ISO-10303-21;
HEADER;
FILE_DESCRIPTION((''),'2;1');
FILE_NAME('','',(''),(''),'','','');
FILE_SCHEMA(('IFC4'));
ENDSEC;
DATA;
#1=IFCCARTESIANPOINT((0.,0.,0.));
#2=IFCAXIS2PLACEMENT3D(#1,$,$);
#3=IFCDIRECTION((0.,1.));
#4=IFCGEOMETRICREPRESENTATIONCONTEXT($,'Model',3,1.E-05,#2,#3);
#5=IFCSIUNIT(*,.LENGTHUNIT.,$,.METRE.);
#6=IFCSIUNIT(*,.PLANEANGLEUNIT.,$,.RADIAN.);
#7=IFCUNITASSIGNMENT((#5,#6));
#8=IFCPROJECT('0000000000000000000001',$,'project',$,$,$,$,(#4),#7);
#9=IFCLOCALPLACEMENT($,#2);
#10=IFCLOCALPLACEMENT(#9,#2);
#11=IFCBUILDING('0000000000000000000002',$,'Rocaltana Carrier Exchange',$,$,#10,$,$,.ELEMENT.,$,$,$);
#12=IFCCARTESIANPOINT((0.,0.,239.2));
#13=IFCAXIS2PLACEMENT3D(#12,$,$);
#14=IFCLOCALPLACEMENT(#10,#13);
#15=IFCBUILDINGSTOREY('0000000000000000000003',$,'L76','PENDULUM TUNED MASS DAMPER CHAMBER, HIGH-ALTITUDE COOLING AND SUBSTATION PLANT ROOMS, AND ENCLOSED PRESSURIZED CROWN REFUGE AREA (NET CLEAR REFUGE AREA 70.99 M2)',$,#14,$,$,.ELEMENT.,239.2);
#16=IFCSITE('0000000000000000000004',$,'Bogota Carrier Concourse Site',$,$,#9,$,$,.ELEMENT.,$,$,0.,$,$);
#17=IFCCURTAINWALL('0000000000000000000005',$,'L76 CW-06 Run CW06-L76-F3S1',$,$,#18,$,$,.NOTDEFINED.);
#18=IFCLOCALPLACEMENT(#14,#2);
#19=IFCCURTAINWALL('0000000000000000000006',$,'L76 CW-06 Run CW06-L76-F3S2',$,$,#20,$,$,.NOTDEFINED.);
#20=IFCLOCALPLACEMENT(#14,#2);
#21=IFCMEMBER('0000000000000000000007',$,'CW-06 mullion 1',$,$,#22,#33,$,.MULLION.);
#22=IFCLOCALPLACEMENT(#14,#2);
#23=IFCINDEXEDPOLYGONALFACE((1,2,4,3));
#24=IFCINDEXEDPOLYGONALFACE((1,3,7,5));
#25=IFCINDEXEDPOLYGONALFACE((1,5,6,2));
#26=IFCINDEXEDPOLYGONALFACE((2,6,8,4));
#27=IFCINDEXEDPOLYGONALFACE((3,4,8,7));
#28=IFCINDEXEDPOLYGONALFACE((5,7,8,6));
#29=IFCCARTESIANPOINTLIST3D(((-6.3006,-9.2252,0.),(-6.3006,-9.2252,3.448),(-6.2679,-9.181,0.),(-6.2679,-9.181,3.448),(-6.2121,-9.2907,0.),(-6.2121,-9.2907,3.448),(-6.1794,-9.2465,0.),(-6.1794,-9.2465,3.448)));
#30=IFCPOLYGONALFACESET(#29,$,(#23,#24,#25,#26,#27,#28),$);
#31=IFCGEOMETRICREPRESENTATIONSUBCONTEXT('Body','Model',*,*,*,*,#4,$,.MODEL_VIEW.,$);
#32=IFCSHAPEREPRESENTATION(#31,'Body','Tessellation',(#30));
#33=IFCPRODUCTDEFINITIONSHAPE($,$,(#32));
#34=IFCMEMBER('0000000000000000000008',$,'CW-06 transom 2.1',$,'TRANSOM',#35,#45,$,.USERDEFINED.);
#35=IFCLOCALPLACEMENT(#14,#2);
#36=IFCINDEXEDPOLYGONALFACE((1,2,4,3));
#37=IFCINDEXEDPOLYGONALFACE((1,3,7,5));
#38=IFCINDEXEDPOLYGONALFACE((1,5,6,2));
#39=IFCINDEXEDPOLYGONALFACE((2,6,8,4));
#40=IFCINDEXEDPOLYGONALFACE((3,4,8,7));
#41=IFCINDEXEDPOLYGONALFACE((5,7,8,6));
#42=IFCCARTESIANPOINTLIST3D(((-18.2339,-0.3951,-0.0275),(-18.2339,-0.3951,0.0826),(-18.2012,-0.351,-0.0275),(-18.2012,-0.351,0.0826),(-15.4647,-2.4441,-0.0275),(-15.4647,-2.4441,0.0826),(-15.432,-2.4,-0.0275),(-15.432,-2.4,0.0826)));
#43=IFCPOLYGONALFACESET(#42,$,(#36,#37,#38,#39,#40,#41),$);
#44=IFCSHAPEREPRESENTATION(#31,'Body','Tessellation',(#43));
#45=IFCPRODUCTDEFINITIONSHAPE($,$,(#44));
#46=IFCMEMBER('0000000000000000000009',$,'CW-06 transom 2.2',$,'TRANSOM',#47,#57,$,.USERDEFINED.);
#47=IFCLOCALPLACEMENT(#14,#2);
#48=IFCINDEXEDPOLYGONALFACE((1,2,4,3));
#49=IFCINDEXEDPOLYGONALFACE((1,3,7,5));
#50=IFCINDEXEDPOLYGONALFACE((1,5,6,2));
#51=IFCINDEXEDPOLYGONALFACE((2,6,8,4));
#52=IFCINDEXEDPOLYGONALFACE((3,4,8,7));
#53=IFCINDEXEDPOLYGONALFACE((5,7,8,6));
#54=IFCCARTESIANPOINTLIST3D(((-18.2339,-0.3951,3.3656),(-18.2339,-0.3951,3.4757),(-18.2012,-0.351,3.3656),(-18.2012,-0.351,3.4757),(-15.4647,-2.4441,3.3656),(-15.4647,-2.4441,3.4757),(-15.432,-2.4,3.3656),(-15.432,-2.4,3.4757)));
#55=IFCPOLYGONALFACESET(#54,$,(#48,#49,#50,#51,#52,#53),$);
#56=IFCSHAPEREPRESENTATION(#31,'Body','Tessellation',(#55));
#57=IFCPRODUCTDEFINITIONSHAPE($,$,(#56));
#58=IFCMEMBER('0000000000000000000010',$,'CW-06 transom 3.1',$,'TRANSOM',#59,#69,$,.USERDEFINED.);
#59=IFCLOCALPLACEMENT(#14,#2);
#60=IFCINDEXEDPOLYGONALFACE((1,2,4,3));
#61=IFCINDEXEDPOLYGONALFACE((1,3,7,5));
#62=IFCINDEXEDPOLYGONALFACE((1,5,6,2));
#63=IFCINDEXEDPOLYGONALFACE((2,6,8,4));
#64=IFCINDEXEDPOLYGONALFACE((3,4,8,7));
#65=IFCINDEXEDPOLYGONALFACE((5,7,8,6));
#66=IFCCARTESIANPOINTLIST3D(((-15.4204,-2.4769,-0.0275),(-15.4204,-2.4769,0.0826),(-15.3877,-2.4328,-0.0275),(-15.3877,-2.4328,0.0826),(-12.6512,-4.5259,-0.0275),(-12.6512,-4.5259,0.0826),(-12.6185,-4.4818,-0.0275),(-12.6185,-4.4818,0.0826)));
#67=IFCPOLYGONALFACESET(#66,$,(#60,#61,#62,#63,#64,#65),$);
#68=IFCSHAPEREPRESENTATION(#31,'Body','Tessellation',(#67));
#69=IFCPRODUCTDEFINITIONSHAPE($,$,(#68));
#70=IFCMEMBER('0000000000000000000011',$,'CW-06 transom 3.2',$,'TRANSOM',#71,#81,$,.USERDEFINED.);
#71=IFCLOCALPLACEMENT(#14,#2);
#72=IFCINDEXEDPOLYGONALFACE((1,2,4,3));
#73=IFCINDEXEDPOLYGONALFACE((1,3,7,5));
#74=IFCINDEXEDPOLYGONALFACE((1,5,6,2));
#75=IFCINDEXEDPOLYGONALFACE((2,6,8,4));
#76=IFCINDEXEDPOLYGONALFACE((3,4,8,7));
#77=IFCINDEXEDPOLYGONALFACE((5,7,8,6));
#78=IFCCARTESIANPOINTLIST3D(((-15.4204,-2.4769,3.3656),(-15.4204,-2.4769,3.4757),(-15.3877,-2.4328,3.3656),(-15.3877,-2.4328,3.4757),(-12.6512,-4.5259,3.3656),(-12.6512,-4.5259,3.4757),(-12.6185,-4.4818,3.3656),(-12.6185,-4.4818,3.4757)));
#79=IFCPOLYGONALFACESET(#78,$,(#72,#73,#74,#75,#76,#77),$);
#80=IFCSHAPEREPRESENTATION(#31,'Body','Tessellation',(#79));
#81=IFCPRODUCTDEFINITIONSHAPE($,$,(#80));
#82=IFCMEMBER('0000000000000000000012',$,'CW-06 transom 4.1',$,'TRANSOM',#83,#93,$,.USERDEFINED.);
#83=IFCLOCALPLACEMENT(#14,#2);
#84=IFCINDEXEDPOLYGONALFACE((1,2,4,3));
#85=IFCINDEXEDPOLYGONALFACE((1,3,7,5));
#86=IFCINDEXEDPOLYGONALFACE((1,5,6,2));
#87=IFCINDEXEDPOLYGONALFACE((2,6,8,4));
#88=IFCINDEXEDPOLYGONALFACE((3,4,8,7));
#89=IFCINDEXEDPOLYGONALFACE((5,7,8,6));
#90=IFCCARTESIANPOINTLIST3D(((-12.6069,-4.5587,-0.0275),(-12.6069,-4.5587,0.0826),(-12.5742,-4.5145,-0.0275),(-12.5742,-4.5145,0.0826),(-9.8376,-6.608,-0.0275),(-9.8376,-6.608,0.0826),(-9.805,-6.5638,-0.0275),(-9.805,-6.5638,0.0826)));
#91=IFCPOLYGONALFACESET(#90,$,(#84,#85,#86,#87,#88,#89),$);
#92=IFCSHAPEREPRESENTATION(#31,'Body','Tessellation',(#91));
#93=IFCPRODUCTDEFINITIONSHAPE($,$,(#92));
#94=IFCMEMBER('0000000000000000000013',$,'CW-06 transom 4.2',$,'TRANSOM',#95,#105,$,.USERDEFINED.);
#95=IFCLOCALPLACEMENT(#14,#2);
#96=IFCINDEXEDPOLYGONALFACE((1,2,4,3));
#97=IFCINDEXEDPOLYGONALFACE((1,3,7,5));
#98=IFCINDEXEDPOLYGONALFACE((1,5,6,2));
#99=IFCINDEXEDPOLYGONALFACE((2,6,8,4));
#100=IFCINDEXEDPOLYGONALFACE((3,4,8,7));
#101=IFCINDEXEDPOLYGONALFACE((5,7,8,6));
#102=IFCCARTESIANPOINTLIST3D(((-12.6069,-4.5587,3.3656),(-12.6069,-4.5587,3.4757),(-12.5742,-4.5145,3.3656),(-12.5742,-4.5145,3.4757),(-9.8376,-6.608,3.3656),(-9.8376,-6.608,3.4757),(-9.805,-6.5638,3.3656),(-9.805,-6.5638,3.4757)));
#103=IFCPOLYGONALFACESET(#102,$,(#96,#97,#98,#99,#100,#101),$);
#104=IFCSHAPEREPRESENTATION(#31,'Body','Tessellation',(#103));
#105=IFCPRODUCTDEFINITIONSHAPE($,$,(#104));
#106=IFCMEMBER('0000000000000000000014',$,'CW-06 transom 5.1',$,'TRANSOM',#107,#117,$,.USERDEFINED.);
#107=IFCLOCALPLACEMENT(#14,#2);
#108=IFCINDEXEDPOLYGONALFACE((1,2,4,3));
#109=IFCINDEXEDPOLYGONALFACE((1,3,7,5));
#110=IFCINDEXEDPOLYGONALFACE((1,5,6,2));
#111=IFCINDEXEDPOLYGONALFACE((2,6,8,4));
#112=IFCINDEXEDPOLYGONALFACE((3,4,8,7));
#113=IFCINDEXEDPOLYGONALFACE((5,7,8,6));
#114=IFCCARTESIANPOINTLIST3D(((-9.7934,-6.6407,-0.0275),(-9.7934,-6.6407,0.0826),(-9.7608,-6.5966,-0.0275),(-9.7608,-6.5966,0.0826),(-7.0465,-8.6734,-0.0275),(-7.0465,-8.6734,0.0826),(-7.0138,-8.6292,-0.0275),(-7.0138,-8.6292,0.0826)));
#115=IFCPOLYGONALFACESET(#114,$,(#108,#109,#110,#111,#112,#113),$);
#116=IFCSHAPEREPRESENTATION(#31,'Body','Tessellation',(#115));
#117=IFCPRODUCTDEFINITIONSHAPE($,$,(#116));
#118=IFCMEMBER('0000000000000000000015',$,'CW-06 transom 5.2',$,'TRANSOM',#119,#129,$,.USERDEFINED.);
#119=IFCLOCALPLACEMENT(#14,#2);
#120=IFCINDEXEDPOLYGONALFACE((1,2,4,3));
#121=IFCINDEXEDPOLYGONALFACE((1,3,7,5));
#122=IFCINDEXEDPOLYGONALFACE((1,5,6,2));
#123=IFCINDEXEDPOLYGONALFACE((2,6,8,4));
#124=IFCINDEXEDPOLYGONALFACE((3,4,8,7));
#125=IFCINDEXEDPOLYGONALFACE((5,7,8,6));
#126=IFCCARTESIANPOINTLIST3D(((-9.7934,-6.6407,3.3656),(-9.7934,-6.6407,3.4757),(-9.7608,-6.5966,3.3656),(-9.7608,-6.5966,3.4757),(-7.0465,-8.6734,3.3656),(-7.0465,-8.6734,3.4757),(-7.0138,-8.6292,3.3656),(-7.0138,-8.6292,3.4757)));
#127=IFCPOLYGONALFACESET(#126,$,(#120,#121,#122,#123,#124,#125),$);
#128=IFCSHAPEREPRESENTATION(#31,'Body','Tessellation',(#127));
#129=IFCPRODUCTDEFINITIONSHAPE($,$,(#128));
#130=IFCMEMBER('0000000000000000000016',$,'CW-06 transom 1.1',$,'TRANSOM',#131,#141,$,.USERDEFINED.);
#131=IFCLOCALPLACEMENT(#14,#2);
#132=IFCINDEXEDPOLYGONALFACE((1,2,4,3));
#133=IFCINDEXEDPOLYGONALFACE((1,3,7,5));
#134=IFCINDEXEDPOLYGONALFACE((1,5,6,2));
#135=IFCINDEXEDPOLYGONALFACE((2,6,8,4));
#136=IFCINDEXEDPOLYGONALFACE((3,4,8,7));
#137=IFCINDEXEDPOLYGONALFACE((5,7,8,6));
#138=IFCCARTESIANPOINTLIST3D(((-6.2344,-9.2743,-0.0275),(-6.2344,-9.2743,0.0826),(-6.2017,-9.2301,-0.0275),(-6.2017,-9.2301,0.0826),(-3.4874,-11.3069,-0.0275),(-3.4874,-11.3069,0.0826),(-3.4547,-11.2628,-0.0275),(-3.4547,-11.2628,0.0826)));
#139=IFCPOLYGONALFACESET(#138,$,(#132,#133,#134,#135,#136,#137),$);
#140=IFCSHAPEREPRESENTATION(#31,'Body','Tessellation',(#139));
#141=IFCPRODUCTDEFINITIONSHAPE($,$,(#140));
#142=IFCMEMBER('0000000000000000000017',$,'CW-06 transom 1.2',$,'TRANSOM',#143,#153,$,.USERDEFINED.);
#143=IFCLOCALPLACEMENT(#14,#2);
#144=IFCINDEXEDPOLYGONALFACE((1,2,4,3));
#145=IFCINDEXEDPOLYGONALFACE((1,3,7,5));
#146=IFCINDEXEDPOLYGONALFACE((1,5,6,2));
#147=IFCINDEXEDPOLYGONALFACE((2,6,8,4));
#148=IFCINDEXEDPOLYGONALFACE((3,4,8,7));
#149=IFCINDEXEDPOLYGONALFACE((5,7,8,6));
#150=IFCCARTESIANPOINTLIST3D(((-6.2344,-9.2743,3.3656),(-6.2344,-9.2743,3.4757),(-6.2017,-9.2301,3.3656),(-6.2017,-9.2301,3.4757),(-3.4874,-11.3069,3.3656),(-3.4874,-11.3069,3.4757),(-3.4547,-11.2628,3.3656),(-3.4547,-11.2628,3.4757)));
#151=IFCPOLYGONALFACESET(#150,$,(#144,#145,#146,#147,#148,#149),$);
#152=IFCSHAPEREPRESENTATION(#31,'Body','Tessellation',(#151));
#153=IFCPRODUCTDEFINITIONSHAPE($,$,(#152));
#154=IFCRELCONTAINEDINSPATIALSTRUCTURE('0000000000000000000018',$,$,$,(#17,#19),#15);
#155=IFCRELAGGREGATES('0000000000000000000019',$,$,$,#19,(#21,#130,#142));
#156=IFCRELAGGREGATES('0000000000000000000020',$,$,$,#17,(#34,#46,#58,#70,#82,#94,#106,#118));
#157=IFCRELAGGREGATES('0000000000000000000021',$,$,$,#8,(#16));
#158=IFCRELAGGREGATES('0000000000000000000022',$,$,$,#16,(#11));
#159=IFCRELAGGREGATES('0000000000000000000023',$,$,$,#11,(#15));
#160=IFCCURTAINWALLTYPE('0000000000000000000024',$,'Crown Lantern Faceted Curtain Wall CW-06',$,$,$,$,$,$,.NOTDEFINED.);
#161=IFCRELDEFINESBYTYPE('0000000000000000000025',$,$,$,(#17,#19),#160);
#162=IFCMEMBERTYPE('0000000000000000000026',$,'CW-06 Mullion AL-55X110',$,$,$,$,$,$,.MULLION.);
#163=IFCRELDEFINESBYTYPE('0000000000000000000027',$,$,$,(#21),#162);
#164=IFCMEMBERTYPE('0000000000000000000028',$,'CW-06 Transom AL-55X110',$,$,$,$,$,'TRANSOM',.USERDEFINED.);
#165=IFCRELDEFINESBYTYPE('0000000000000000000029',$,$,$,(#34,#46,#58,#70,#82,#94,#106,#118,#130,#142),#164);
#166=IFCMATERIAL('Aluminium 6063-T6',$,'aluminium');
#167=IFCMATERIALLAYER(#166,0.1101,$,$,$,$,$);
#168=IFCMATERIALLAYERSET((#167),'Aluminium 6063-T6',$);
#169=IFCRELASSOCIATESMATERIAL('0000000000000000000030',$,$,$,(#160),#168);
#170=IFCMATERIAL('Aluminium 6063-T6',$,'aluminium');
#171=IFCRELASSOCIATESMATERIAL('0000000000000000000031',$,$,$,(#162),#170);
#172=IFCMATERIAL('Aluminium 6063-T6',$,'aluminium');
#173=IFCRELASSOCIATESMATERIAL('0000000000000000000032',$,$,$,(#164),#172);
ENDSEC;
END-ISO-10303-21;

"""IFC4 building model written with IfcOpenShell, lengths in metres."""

from ifc_helpers import new_model, si_unit, direction, frame, origin, origin_2d, place, context, subcontext, project, spatial, rectangle, extrude, material, layer, layer_set, material_profile, profile_set, type_object, element, aggregate, save


model = new_model("IFC4")

# Units and contexts
model_context = context("Model", 3, precision=1e-05, world=origin(), true_north=direction((0.0, 1.0)))
body_context = subcontext(model_context, "Body", "Model", "MODEL_VIEW")
ifc_project = project(units=[si_unit("LENGTHUNIT", "METRE"), si_unit("PLANEANGLEUNIT", "RADIAN")], contexts=[model_context])

# Site, building, storey
site_placement = place(None, origin())
site = spatial("IfcSite", under=ifc_project, at=site_placement, Name="Bogota Carrier Concourse Site", CompositionType="ELEMENT", RefElevation=0.0)
building_placement = place(site_placement, origin())
building = spatial("IfcBuilding", under=site, at=building_placement, Name="Rocaltana Carrier Exchange", CompositionType="ELEMENT")
storey_placement = place(building_placement, frame((0.0, 0.0, 239.2)))
storey = spatial("IfcBuildingStorey", under=building, at=storey_placement, Name="L76", Description="PENDULUM TUNED MASS DAMPER CHAMBER, HIGH-ALTITUDE COOLING AND SUBSTATION PLANT ROOMS, AND ENCLOSED PRESSURIZED CROWN REFUGE AREA (NET CLEAR REFUGE AREA 70.99 M2)", CompositionType="ELEMENT", Elevation=239.2)

# Curtain wall
ifc_material_1 = material(Name="Aluminium 6063-T6", Category="aluminium")
ifc_layer_1 = layer(ifc_material_1, 0.1101)
ifc_layer_set_1 = layer_set([ifc_layer_1], Name="Aluminium 6063-T6")
curtain_wall_type = type_object("IfcCurtainWallType", Name="Crown Lantern Faceted Curtain Wall CW-06", PredefinedType="NOTDEFINED", material=ifc_layer_set_1)
curtain_wall_1_placement = place(storey_placement, origin())
curtain_wall_1 = element("IfcCurtainWall", 1, at=curtain_wall_1_placement, inside=storey, type_object=curtain_wall_type, Name="L76 CW-06 Run CW06-L76-F3S1", PredefinedType="NOTDEFINED")
ifc_material_2 = material(Name="Aluminium 6063-T6", Category="aluminium")
ifc_material_profile_1 = material_profile(ifc_material_2, rectangle(XDim=0.0549, YDim=0.1101, at=origin_2d()), Name="AL-55X110")
ifc_profile_set_1 = profile_set([ifc_material_profile_1], Name="Aluminium 6063-T6")
member_type_1 = type_object("IfcMemberType", Name="CW-06 Mullion AL-55X110", PredefinedType="MULLION", material=ifc_profile_set_1)

# Curtain wall, member
curtain_wall_2_placement = place(storey_placement, origin())
curtain_wall_2 = element("IfcCurtainWall", 2, at=curtain_wall_2_placement, inside=storey, type_object=curtain_wall_type, Name="L76 CW-06 Run CW06-L76-F3S2", PredefinedType="NOTDEFINED")
member_1_placement = place(storey_placement, frame((-6.24, -9.2358, 0.0), z_axis=(0.0, 0.0, 1.0), x_axis=(0.594825, 0.803855, 0.0)))
member_1 = element("IfcMember", 3, at=member_1_placement, type_object=member_type_1, Name="CW-06 mullion 1", PredefinedType="MULLION", context=body_context, shape_type="SweptSolid", body=[
    extrude(rectangle(XDim=0.0549, YDim=0.1101, at=origin_2d()), origin(), (0.0, 0.0, 1.0), 3.448),
])

# Members
ifc_material_3 = material(Name="Aluminium 6063-T6", Category="aluminium")
ifc_material_profile_2 = material_profile(ifc_material_3, rectangle(XDim=0.0549, YDim=0.1101, at=origin_2d()), Name="AL-55X110")
ifc_profile_set_2 = profile_set([ifc_material_profile_2], Name="Aluminium 6063-T6")
member_type_2 = type_object("IfcMemberType", Name="CW-06 Transom AL-55X110", ElementType="TRANSOM", PredefinedType="USERDEFINED", material=ifc_profile_set_2)
member_2_placement = place(storey_placement, frame((-18.2175, -0.373, 0.0276), z_axis=(0.80387, -0.594805, 0.0), x_axis=(0.594805, 0.80387, 0.0)))
member_2 = element("IfcMember", 4, at=member_2_placement, type_object=member_type_2, Name="CW-06 transom 2.1", ObjectType="TRANSOM", PredefinedType="USERDEFINED", context=body_context, shape_type="SweptSolid", body=[
    extrude(rectangle(XDim=0.0549, YDim=0.1101, at=origin_2d()), origin(), (0.0, 0.0, 1.0), 3.4448),
])
member_3_placement = place(storey_placement, frame((-18.2175, -0.373, 3.4207), z_axis=(0.80387, -0.594805, 0.0), x_axis=(0.594805, 0.80387, 0.0)))
member_3 = element("IfcMember", 5, at=member_3_placement, type_object=member_type_2, Name="CW-06 transom 2.2", ObjectType="TRANSOM", PredefinedType="USERDEFINED", context=body_context, shape_type="SweptSolid", body=[
    extrude(rectangle(XDim=0.0549, YDim=0.1101, at=origin_2d()), origin(), (0.0, 0.0, 1.0), 3.4448),
])
member_4_placement = place(storey_placement, frame((-15.4041, -2.4548, 0.0276), z_axis=(0.80387, -0.594805, 0.0), x_axis=(0.594805, 0.80387, 0.0)))
member_4 = element("IfcMember", 6, at=member_4_placement, type_object=member_type_2, Name="CW-06 transom 3.1", ObjectType="TRANSOM", PredefinedType="USERDEFINED", context=body_context, shape_type="SweptSolid", body=[
    extrude(rectangle(XDim=0.0549, YDim=0.1101, at=origin_2d()), origin(), (0.0, 0.0, 1.0), 3.4448),
])
member_5_placement = place(storey_placement, frame((-15.4041, -2.4548, 3.4207), z_axis=(0.80387, -0.594805, 0.0), x_axis=(0.594805, 0.80387, 0.0)))
member_5 = element("IfcMember", 7, at=member_5_placement, type_object=member_type_2, Name="CW-06 transom 3.2", ObjectType="TRANSOM", PredefinedType="USERDEFINED", context=body_context, shape_type="SweptSolid", body=[
    extrude(rectangle(XDim=0.0549, YDim=0.1101, at=origin_2d()), origin(), (0.0, 0.0, 1.0), 3.4448),
])
member_6_placement = place(storey_placement, frame((-12.5906, -4.5366, 0.0276), z_axis=(0.803836, -0.594851, 0.0), x_axis=(0.594851, 0.803836, 0.0)))
member_6 = element("IfcMember", 8, at=member_6_placement, type_object=member_type_2, Name="CW-06 transom 4.1", ObjectType="TRANSOM", PredefinedType="USERDEFINED", context=body_context, shape_type="SweptSolid", body=[
    extrude(rectangle(XDim=0.0549, YDim=0.1101, at=origin_2d()), origin(), (0.0, 0.0, 1.0), 3.4451),
])
member_7_placement = place(storey_placement, frame((-12.5906, -4.5366, 3.4207), z_axis=(0.803836, -0.594851, 0.0), x_axis=(0.594851, 0.803836, 0.0)))
member_7 = element("IfcMember", 9, at=member_7_placement, type_object=member_type_2, Name="CW-06 transom 4.2", ObjectType="TRANSOM", PredefinedType="USERDEFINED", context=body_context, shape_type="SweptSolid", body=[
    extrude(rectangle(XDim=0.0549, YDim=0.1101, at=origin_2d()), origin(), (0.0, 0.0, 1.0), 3.4451),
])
member_8_placement = place(storey_placement, frame((-9.7771, -6.6187, 0.0276), z_axis=(0.803858, -0.594821, 0.0), x_axis=(0.594821, 0.803858, 0.0)))
member_8 = element("IfcMember", 10, at=member_8_placement, type_object=member_type_2, Name="CW-06 transom 5.1", ObjectType="TRANSOM", PredefinedType="USERDEFINED", context=body_context, shape_type="SweptSolid", body=[
    extrude(rectangle(XDim=0.0549, YDim=0.1101, at=origin_2d()), origin(), (0.0, 0.0, 1.0), 3.4172),
])
member_9_placement = place(storey_placement, frame((-9.7771, -6.6187, 3.4207), z_axis=(0.803858, -0.594821, 0.0), x_axis=(0.594821, 0.803858, 0.0)))
member_9 = element("IfcMember", 11, at=member_9_placement, type_object=member_type_2, Name="CW-06 transom 5.2", ObjectType="TRANSOM", PredefinedType="USERDEFINED", context=body_context, shape_type="SweptSolid", body=[
    extrude(rectangle(XDim=0.0549, YDim=0.1101, at=origin_2d()), origin(), (0.0, 0.0, 1.0), 3.4172),
])
member_10_placement = place(storey_placement, frame((-6.218, -9.2522, 0.0276), z_axis=(0.803858, -0.594821, 0.0), x_axis=(0.594821, 0.803858, 0.0)))
member_10 = element("IfcMember", 12, at=member_10_placement, type_object=member_type_2, Name="CW-06 transom 1.1", ObjectType="TRANSOM", PredefinedType="USERDEFINED", context=body_context, shape_type="SweptSolid", body=[
    extrude(rectangle(XDim=0.0549, YDim=0.1101, at=origin_2d()), origin(), (0.0, 0.0, 1.0), 3.4172),
])
member_11_placement = place(storey_placement, frame((-6.218, -9.2522, 3.4207), z_axis=(0.803858, -0.594821, 0.0), x_axis=(0.594821, 0.803858, 0.0)))
member_11 = element("IfcMember", 13, at=member_11_placement, type_object=member_type_2, Name="CW-06 transom 1.2", ObjectType="TRANSOM", PredefinedType="USERDEFINED", context=body_context, shape_type="SweptSolid", body=[
    extrude(rectangle(XDim=0.0549, YDim=0.1101, at=origin_2d()), origin(), (0.0, 0.0, 1.0), 3.4172),
])
aggregate(curtain_wall_2, [member_1, member_10, member_11])

aggregate(curtain_wall_1, [member_2, member_3, member_4, member_5, member_6, member_7, member_8, member_9])

save(model, "model.ifc")
